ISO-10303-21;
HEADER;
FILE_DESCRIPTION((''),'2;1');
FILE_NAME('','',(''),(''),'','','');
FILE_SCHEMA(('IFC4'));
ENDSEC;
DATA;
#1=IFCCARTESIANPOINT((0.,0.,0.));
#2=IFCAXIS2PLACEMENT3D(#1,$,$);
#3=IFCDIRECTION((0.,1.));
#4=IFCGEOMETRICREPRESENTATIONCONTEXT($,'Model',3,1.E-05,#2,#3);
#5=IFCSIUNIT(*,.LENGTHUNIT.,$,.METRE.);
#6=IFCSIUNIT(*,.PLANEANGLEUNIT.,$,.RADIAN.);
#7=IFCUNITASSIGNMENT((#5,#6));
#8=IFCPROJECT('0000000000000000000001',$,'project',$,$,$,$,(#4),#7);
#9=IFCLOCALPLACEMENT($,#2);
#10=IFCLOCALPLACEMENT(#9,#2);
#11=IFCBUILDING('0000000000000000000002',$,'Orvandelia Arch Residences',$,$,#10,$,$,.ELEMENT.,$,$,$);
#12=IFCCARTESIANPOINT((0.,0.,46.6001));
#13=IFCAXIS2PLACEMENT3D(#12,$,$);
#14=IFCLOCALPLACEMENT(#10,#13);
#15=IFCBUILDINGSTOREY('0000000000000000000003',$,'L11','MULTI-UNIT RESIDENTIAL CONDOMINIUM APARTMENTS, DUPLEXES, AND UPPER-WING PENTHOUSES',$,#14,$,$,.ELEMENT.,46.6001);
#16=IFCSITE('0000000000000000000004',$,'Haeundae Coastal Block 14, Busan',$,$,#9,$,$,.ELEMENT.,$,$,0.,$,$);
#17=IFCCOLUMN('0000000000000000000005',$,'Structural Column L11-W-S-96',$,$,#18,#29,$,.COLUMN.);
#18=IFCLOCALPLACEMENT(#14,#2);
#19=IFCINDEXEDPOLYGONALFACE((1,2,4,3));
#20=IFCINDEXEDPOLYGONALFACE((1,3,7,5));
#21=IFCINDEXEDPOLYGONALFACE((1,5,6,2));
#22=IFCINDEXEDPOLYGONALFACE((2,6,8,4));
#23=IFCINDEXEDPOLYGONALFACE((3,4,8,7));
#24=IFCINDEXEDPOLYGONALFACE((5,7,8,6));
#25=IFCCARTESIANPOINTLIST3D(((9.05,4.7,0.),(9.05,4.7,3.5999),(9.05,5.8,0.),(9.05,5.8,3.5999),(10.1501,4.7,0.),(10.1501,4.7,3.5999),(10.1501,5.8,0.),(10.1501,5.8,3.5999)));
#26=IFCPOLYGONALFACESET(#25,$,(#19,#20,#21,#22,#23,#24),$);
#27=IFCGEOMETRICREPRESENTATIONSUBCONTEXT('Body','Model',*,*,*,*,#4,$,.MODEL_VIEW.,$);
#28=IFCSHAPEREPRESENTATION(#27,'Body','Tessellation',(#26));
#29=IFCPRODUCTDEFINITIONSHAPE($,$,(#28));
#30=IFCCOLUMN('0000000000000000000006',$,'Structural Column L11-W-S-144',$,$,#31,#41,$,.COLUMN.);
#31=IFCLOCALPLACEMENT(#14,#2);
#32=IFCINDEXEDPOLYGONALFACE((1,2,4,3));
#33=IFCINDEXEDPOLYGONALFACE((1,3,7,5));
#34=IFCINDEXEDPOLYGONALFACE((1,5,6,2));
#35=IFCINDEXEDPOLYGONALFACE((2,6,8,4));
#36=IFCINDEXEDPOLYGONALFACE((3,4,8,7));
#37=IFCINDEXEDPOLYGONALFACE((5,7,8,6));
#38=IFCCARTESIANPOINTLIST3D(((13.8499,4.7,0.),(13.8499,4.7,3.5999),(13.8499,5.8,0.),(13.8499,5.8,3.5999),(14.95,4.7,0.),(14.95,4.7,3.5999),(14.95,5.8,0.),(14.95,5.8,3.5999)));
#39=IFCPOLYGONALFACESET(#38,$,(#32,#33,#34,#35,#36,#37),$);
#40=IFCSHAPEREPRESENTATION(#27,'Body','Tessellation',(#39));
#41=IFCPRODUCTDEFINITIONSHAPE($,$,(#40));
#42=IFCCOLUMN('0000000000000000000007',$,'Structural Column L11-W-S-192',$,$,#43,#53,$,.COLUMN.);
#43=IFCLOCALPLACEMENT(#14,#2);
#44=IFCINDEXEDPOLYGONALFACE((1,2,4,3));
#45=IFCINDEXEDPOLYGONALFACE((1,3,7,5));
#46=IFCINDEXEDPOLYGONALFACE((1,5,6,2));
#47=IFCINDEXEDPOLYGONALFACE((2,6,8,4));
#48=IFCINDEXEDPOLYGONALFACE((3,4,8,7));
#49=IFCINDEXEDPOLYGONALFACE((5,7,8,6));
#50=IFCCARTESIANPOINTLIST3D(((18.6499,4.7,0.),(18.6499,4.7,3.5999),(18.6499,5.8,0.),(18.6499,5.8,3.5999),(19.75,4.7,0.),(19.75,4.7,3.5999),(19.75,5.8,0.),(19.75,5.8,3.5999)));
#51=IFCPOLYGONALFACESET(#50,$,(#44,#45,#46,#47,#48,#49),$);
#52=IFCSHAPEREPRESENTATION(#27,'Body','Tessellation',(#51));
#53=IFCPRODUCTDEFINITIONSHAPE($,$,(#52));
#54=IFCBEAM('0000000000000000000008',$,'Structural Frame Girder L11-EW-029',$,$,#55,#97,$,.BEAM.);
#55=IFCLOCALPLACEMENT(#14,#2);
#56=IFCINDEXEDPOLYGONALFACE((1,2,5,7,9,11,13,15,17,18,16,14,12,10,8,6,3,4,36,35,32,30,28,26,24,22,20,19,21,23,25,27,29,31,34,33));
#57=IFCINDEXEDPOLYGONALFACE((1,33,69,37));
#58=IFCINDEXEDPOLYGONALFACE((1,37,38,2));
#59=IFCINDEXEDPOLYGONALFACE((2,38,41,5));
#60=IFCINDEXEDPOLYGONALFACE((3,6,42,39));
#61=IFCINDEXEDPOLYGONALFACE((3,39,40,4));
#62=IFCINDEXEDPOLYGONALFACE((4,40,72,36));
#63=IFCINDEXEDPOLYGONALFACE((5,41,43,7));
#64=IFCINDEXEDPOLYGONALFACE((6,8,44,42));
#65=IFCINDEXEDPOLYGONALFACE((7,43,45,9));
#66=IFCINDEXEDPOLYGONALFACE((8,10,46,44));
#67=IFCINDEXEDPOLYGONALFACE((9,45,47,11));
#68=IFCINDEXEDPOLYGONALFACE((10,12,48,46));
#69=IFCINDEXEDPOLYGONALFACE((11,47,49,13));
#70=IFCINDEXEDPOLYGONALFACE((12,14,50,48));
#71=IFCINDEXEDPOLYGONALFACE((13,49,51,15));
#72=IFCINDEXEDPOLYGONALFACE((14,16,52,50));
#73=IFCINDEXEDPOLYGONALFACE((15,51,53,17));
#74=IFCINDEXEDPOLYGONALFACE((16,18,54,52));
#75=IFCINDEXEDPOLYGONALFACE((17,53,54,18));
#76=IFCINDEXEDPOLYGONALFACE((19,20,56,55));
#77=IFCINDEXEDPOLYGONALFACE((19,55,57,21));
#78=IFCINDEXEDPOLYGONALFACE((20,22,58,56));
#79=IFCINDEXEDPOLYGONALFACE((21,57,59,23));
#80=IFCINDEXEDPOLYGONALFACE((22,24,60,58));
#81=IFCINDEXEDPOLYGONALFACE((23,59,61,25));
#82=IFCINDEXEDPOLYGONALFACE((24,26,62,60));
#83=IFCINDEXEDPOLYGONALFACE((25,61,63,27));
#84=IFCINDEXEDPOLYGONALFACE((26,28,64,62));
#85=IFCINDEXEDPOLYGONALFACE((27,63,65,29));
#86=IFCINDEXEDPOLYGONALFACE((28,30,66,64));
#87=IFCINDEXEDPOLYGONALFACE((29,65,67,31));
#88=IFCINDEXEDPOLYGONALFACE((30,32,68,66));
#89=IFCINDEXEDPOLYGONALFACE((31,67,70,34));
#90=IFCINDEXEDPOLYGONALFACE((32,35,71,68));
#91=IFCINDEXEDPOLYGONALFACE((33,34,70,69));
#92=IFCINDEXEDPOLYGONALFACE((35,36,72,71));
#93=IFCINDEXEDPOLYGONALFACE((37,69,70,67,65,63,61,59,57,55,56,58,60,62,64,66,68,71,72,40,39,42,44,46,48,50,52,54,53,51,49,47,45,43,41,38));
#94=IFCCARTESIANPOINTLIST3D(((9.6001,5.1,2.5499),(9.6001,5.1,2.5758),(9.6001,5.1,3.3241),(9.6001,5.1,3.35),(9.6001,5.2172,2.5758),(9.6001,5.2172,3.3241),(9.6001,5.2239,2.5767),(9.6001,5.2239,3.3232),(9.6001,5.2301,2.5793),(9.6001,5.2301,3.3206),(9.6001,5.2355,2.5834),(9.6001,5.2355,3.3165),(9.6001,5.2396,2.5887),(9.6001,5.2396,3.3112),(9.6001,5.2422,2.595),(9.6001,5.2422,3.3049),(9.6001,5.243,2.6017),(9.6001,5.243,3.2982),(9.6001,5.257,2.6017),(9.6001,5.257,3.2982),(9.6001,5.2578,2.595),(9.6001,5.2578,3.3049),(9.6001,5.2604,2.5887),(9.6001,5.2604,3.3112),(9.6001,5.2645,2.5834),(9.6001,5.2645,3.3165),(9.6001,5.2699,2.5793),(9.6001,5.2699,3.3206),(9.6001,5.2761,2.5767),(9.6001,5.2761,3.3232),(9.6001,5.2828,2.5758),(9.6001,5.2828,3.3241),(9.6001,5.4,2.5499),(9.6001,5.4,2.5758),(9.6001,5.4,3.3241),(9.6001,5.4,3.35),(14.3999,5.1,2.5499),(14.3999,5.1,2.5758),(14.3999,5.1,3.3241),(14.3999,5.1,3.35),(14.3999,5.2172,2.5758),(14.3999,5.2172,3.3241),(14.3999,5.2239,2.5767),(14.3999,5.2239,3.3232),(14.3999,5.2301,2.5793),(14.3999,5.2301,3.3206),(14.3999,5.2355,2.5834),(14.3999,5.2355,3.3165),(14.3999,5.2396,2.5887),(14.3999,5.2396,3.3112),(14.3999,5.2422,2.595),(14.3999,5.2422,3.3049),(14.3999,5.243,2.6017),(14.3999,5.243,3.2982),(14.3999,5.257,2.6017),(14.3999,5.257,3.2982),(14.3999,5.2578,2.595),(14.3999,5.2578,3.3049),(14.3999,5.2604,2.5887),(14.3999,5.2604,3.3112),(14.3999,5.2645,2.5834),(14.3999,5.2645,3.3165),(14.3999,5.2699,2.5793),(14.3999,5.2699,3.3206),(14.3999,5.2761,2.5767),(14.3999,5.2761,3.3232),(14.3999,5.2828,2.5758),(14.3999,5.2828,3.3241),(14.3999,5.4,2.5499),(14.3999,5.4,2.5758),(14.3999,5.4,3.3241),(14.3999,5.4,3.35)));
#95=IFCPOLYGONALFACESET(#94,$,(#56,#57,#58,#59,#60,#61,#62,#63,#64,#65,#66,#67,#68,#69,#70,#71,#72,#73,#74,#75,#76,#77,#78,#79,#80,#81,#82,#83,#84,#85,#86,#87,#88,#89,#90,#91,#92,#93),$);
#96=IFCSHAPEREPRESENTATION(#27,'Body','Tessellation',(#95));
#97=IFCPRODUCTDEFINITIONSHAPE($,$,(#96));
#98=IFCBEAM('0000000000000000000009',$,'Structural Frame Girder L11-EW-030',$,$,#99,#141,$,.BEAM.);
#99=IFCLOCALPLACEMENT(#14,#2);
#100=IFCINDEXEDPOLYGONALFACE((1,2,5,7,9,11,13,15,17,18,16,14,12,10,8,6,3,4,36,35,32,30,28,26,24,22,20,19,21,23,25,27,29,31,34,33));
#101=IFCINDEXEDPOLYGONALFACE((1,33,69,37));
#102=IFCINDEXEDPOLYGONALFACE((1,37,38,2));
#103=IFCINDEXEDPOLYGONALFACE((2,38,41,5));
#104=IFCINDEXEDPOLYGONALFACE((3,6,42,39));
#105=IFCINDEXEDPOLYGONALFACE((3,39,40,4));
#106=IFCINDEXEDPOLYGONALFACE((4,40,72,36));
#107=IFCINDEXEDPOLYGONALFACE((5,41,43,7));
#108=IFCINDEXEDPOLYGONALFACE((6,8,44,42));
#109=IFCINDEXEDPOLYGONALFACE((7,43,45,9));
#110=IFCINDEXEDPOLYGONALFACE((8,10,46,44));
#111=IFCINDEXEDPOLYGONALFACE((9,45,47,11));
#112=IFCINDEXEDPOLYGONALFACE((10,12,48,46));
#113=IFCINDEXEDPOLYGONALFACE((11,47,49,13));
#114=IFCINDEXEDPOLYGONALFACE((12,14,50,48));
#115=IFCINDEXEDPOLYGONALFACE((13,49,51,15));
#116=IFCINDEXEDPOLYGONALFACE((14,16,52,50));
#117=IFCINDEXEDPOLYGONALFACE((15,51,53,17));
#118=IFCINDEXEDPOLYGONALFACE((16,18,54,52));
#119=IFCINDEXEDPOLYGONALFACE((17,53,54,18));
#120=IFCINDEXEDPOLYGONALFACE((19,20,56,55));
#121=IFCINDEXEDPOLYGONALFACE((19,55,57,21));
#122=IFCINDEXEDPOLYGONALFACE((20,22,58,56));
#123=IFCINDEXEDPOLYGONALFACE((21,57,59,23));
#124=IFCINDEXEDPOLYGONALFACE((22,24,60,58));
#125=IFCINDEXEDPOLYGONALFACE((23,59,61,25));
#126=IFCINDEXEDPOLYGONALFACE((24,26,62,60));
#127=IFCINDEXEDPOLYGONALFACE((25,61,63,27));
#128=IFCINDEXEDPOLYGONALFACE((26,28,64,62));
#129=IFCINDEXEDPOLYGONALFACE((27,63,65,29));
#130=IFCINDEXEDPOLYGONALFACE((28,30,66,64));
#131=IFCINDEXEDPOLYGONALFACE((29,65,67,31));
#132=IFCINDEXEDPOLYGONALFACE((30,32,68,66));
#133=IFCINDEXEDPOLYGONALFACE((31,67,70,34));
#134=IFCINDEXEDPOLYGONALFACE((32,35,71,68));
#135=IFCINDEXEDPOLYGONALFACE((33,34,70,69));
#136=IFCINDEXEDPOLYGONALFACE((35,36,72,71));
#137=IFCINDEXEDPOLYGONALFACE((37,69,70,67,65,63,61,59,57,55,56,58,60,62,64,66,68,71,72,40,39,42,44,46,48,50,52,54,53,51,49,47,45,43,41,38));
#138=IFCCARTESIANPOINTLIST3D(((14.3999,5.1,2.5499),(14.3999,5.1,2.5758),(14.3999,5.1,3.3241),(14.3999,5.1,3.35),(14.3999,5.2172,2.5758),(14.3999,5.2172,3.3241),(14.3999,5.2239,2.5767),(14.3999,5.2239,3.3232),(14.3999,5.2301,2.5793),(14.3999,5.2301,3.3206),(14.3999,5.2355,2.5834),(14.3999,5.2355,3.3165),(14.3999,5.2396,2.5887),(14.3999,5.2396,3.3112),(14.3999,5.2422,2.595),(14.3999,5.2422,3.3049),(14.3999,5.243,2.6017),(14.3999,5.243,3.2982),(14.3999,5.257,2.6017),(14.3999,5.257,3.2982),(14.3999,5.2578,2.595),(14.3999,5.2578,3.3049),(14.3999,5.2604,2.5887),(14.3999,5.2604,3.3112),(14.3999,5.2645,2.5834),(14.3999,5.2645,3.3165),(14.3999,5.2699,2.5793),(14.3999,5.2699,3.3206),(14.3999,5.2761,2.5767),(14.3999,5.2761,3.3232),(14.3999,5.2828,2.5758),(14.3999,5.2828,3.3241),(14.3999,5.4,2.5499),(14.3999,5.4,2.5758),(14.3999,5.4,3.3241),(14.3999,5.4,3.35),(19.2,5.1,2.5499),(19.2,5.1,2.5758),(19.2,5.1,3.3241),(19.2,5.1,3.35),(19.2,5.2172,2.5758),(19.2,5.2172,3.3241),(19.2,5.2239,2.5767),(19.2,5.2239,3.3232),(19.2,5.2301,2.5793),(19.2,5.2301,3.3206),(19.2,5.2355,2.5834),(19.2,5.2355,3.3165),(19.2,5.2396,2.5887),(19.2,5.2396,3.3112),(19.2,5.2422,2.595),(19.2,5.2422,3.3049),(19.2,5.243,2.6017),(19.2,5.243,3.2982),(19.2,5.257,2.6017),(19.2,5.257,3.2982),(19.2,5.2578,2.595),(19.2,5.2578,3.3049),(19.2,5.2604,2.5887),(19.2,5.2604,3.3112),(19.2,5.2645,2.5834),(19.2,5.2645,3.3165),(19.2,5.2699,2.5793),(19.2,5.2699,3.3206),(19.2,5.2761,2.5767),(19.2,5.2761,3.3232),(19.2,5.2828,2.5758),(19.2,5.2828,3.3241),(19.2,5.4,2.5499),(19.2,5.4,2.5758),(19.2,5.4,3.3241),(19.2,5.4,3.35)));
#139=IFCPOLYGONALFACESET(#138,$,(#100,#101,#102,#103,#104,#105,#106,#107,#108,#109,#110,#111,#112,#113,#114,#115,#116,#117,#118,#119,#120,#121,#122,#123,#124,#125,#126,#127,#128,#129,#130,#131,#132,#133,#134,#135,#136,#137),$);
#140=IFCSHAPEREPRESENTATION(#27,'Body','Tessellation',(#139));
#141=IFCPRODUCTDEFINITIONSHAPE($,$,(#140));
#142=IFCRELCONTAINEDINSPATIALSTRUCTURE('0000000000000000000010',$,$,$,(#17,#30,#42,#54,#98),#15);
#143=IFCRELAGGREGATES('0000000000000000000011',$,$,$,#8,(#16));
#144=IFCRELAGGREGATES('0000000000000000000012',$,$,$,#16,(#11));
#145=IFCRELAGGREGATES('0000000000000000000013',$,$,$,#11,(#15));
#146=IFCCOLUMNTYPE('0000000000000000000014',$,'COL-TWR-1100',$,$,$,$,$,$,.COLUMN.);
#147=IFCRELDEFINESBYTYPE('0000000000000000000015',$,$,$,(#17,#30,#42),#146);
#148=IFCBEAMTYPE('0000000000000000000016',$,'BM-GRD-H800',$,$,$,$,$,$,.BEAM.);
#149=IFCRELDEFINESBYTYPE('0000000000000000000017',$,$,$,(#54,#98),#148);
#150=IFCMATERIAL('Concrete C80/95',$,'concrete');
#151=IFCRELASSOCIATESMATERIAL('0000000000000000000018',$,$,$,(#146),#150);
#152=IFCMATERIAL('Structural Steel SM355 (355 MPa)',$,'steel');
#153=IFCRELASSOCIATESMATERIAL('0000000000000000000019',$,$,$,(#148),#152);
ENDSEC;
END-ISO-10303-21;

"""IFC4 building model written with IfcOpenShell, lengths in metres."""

from ifc_helpers import new_model, si_unit, direction, frame, origin, origin_2d, place, context, subcontext, project, spatial, rectangle, i_section, extrude, material, material_profile, profile_set, type_object, element, save


model = new_model("IFC4")

# Units and contexts
model_context = context("Model", 3, precision=1e-05, world=origin(), true_north=direction((0.0, 1.0)))
body_context = subcontext(model_context, "Body", "Model", "MODEL_VIEW")
ifc_project = project(units=[si_unit("LENGTHUNIT", "METRE"), si_unit("PLANEANGLEUNIT", "RADIAN")], contexts=[model_context])

# Site, building, storey
site_placement = place(None, origin())
site = spatial("IfcSite", under=ifc_project, at=site_placement, Name="Haeundae Coastal Block 14, Busan", CompositionType="ELEMENT", RefElevation=0.0)
building_placement = place(site_placement, origin())
building = spatial("IfcBuilding", under=site, at=building_placement, Name="Orvandelia Arch Residences", CompositionType="ELEMENT")
storey_placement = place(building_placement, frame((0.0, 0.0, 46.6001)))
storey = spatial("IfcBuildingStorey", under=building, at=storey_placement, Name="L11", Description="MULTI-UNIT RESIDENTIAL CONDOMINIUM APARTMENTS, DUPLEXES, AND UPPER-WING PENTHOUSES", CompositionType="ELEMENT", Elevation=46.6001)

# Columns
ifc_material_1 = material(Name="Concrete C80/95", Category="concrete")
ifc_material_profile_1 = material_profile(ifc_material_1, rectangle(XDim=1.1001, YDim=1.1001, at=origin_2d()), Name="Concrete C80/95", Category="concrete")
ifc_profile_set_1 = profile_set([ifc_material_profile_1], Name="Concrete C80/95")
column_type = type_object("IfcColumnType", Name="COL-TWR-1100", PredefinedType="COLUMN", material=ifc_profile_set_1)
for number, where, z_axis, x_axis, name in (
    (1, (9.6001, 5.25, 0.0), (0.0, 0.0, 1.0), (1.0, 0.0, 0.0), "Structural Column L11-W-S-96"),
    (2, (14.3999, 5.25, 0.0), (0.0, 0.0, 1.0), (1.0, 0.0, 0.0), "Structural Column L11-W-S-144"),
    (3, (19.2, 5.25, 0.0), (0.0, 0.0, 1.0), (1.0, 0.0, 0.0), "Structural Column L11-W-S-192"),
):
    element("IfcColumn", number, at=place(storey_placement, frame(where, z_axis=z_axis, x_axis=x_axis)), inside=storey, type_object=column_type, Name=name, PredefinedType="COLUMN", context=body_context, shape_type="SweptSolid", body=[
        extrude(rectangle(XDim=1.1001, YDim=1.1001, at=origin_2d()), origin(), (0.0, 0.0, 1.0), 3.5999),
    ])

# Beams
ifc_material_2 = material(Name="Structural Steel SM355 (355 MPa)", Category="steel")
ifc_material_profile_2 = material_profile(ifc_material_2, i_section(OverallWidth=0.3, OverallDepth=0.8, WebThickness=0.0139, FlangeThickness=0.0259, FilletRadius=0.0259, at=origin_2d()), Name="Structural Steel SM355 (355 MPa)", Category="steel")
ifc_profile_set_2 = profile_set([ifc_material_profile_2], Name="Structural Steel SM355 (355 MPa)")
beam_type = type_object("IfcBeamType", Name="BM-GRD-H800", PredefinedType="BEAM", material=ifc_profile_set_2)
beam_1_placement = place(storey_placement, frame((9.6001, 5.25, 2.95), z_axis=(1.0, 0.0, 0.0), x_axis=(0.0, 1.0, 0.0)))
element("IfcBeam", 4, at=beam_1_placement, inside=storey, type_object=beam_type, Name="Structural Frame Girder L11-EW-029", PredefinedType="BEAM", context=body_context, shape_type="SweptSolid", body=[
    extrude(i_section(OverallWidth=0.3, OverallDepth=0.8, WebThickness=0.0139, FlangeThickness=0.0259, FilletRadius=0.0259, at=origin_2d()), origin(), (0.0, 0.0, 1.0), 4.7998),
])
beam_2_placement = place(storey_placement, frame((14.3999, 5.25, 2.95), z_axis=(1.0, 0.0, 0.0), x_axis=(0.0, 1.0, 0.0)))
element("IfcBeam", 5, at=beam_2_placement, inside=storey, type_object=beam_type, Name="Structural Frame Girder L11-EW-030", PredefinedType="BEAM", context=body_context, shape_type="SweptSolid", body=[
    extrude(i_section(OverallWidth=0.3, OverallDepth=0.8, WebThickness=0.0139, FlangeThickness=0.0259, FilletRadius=0.0259, at=origin_2d()), origin(), (0.0, 0.0, 1.0), 4.8),
])

save(model, "model.ifc")
